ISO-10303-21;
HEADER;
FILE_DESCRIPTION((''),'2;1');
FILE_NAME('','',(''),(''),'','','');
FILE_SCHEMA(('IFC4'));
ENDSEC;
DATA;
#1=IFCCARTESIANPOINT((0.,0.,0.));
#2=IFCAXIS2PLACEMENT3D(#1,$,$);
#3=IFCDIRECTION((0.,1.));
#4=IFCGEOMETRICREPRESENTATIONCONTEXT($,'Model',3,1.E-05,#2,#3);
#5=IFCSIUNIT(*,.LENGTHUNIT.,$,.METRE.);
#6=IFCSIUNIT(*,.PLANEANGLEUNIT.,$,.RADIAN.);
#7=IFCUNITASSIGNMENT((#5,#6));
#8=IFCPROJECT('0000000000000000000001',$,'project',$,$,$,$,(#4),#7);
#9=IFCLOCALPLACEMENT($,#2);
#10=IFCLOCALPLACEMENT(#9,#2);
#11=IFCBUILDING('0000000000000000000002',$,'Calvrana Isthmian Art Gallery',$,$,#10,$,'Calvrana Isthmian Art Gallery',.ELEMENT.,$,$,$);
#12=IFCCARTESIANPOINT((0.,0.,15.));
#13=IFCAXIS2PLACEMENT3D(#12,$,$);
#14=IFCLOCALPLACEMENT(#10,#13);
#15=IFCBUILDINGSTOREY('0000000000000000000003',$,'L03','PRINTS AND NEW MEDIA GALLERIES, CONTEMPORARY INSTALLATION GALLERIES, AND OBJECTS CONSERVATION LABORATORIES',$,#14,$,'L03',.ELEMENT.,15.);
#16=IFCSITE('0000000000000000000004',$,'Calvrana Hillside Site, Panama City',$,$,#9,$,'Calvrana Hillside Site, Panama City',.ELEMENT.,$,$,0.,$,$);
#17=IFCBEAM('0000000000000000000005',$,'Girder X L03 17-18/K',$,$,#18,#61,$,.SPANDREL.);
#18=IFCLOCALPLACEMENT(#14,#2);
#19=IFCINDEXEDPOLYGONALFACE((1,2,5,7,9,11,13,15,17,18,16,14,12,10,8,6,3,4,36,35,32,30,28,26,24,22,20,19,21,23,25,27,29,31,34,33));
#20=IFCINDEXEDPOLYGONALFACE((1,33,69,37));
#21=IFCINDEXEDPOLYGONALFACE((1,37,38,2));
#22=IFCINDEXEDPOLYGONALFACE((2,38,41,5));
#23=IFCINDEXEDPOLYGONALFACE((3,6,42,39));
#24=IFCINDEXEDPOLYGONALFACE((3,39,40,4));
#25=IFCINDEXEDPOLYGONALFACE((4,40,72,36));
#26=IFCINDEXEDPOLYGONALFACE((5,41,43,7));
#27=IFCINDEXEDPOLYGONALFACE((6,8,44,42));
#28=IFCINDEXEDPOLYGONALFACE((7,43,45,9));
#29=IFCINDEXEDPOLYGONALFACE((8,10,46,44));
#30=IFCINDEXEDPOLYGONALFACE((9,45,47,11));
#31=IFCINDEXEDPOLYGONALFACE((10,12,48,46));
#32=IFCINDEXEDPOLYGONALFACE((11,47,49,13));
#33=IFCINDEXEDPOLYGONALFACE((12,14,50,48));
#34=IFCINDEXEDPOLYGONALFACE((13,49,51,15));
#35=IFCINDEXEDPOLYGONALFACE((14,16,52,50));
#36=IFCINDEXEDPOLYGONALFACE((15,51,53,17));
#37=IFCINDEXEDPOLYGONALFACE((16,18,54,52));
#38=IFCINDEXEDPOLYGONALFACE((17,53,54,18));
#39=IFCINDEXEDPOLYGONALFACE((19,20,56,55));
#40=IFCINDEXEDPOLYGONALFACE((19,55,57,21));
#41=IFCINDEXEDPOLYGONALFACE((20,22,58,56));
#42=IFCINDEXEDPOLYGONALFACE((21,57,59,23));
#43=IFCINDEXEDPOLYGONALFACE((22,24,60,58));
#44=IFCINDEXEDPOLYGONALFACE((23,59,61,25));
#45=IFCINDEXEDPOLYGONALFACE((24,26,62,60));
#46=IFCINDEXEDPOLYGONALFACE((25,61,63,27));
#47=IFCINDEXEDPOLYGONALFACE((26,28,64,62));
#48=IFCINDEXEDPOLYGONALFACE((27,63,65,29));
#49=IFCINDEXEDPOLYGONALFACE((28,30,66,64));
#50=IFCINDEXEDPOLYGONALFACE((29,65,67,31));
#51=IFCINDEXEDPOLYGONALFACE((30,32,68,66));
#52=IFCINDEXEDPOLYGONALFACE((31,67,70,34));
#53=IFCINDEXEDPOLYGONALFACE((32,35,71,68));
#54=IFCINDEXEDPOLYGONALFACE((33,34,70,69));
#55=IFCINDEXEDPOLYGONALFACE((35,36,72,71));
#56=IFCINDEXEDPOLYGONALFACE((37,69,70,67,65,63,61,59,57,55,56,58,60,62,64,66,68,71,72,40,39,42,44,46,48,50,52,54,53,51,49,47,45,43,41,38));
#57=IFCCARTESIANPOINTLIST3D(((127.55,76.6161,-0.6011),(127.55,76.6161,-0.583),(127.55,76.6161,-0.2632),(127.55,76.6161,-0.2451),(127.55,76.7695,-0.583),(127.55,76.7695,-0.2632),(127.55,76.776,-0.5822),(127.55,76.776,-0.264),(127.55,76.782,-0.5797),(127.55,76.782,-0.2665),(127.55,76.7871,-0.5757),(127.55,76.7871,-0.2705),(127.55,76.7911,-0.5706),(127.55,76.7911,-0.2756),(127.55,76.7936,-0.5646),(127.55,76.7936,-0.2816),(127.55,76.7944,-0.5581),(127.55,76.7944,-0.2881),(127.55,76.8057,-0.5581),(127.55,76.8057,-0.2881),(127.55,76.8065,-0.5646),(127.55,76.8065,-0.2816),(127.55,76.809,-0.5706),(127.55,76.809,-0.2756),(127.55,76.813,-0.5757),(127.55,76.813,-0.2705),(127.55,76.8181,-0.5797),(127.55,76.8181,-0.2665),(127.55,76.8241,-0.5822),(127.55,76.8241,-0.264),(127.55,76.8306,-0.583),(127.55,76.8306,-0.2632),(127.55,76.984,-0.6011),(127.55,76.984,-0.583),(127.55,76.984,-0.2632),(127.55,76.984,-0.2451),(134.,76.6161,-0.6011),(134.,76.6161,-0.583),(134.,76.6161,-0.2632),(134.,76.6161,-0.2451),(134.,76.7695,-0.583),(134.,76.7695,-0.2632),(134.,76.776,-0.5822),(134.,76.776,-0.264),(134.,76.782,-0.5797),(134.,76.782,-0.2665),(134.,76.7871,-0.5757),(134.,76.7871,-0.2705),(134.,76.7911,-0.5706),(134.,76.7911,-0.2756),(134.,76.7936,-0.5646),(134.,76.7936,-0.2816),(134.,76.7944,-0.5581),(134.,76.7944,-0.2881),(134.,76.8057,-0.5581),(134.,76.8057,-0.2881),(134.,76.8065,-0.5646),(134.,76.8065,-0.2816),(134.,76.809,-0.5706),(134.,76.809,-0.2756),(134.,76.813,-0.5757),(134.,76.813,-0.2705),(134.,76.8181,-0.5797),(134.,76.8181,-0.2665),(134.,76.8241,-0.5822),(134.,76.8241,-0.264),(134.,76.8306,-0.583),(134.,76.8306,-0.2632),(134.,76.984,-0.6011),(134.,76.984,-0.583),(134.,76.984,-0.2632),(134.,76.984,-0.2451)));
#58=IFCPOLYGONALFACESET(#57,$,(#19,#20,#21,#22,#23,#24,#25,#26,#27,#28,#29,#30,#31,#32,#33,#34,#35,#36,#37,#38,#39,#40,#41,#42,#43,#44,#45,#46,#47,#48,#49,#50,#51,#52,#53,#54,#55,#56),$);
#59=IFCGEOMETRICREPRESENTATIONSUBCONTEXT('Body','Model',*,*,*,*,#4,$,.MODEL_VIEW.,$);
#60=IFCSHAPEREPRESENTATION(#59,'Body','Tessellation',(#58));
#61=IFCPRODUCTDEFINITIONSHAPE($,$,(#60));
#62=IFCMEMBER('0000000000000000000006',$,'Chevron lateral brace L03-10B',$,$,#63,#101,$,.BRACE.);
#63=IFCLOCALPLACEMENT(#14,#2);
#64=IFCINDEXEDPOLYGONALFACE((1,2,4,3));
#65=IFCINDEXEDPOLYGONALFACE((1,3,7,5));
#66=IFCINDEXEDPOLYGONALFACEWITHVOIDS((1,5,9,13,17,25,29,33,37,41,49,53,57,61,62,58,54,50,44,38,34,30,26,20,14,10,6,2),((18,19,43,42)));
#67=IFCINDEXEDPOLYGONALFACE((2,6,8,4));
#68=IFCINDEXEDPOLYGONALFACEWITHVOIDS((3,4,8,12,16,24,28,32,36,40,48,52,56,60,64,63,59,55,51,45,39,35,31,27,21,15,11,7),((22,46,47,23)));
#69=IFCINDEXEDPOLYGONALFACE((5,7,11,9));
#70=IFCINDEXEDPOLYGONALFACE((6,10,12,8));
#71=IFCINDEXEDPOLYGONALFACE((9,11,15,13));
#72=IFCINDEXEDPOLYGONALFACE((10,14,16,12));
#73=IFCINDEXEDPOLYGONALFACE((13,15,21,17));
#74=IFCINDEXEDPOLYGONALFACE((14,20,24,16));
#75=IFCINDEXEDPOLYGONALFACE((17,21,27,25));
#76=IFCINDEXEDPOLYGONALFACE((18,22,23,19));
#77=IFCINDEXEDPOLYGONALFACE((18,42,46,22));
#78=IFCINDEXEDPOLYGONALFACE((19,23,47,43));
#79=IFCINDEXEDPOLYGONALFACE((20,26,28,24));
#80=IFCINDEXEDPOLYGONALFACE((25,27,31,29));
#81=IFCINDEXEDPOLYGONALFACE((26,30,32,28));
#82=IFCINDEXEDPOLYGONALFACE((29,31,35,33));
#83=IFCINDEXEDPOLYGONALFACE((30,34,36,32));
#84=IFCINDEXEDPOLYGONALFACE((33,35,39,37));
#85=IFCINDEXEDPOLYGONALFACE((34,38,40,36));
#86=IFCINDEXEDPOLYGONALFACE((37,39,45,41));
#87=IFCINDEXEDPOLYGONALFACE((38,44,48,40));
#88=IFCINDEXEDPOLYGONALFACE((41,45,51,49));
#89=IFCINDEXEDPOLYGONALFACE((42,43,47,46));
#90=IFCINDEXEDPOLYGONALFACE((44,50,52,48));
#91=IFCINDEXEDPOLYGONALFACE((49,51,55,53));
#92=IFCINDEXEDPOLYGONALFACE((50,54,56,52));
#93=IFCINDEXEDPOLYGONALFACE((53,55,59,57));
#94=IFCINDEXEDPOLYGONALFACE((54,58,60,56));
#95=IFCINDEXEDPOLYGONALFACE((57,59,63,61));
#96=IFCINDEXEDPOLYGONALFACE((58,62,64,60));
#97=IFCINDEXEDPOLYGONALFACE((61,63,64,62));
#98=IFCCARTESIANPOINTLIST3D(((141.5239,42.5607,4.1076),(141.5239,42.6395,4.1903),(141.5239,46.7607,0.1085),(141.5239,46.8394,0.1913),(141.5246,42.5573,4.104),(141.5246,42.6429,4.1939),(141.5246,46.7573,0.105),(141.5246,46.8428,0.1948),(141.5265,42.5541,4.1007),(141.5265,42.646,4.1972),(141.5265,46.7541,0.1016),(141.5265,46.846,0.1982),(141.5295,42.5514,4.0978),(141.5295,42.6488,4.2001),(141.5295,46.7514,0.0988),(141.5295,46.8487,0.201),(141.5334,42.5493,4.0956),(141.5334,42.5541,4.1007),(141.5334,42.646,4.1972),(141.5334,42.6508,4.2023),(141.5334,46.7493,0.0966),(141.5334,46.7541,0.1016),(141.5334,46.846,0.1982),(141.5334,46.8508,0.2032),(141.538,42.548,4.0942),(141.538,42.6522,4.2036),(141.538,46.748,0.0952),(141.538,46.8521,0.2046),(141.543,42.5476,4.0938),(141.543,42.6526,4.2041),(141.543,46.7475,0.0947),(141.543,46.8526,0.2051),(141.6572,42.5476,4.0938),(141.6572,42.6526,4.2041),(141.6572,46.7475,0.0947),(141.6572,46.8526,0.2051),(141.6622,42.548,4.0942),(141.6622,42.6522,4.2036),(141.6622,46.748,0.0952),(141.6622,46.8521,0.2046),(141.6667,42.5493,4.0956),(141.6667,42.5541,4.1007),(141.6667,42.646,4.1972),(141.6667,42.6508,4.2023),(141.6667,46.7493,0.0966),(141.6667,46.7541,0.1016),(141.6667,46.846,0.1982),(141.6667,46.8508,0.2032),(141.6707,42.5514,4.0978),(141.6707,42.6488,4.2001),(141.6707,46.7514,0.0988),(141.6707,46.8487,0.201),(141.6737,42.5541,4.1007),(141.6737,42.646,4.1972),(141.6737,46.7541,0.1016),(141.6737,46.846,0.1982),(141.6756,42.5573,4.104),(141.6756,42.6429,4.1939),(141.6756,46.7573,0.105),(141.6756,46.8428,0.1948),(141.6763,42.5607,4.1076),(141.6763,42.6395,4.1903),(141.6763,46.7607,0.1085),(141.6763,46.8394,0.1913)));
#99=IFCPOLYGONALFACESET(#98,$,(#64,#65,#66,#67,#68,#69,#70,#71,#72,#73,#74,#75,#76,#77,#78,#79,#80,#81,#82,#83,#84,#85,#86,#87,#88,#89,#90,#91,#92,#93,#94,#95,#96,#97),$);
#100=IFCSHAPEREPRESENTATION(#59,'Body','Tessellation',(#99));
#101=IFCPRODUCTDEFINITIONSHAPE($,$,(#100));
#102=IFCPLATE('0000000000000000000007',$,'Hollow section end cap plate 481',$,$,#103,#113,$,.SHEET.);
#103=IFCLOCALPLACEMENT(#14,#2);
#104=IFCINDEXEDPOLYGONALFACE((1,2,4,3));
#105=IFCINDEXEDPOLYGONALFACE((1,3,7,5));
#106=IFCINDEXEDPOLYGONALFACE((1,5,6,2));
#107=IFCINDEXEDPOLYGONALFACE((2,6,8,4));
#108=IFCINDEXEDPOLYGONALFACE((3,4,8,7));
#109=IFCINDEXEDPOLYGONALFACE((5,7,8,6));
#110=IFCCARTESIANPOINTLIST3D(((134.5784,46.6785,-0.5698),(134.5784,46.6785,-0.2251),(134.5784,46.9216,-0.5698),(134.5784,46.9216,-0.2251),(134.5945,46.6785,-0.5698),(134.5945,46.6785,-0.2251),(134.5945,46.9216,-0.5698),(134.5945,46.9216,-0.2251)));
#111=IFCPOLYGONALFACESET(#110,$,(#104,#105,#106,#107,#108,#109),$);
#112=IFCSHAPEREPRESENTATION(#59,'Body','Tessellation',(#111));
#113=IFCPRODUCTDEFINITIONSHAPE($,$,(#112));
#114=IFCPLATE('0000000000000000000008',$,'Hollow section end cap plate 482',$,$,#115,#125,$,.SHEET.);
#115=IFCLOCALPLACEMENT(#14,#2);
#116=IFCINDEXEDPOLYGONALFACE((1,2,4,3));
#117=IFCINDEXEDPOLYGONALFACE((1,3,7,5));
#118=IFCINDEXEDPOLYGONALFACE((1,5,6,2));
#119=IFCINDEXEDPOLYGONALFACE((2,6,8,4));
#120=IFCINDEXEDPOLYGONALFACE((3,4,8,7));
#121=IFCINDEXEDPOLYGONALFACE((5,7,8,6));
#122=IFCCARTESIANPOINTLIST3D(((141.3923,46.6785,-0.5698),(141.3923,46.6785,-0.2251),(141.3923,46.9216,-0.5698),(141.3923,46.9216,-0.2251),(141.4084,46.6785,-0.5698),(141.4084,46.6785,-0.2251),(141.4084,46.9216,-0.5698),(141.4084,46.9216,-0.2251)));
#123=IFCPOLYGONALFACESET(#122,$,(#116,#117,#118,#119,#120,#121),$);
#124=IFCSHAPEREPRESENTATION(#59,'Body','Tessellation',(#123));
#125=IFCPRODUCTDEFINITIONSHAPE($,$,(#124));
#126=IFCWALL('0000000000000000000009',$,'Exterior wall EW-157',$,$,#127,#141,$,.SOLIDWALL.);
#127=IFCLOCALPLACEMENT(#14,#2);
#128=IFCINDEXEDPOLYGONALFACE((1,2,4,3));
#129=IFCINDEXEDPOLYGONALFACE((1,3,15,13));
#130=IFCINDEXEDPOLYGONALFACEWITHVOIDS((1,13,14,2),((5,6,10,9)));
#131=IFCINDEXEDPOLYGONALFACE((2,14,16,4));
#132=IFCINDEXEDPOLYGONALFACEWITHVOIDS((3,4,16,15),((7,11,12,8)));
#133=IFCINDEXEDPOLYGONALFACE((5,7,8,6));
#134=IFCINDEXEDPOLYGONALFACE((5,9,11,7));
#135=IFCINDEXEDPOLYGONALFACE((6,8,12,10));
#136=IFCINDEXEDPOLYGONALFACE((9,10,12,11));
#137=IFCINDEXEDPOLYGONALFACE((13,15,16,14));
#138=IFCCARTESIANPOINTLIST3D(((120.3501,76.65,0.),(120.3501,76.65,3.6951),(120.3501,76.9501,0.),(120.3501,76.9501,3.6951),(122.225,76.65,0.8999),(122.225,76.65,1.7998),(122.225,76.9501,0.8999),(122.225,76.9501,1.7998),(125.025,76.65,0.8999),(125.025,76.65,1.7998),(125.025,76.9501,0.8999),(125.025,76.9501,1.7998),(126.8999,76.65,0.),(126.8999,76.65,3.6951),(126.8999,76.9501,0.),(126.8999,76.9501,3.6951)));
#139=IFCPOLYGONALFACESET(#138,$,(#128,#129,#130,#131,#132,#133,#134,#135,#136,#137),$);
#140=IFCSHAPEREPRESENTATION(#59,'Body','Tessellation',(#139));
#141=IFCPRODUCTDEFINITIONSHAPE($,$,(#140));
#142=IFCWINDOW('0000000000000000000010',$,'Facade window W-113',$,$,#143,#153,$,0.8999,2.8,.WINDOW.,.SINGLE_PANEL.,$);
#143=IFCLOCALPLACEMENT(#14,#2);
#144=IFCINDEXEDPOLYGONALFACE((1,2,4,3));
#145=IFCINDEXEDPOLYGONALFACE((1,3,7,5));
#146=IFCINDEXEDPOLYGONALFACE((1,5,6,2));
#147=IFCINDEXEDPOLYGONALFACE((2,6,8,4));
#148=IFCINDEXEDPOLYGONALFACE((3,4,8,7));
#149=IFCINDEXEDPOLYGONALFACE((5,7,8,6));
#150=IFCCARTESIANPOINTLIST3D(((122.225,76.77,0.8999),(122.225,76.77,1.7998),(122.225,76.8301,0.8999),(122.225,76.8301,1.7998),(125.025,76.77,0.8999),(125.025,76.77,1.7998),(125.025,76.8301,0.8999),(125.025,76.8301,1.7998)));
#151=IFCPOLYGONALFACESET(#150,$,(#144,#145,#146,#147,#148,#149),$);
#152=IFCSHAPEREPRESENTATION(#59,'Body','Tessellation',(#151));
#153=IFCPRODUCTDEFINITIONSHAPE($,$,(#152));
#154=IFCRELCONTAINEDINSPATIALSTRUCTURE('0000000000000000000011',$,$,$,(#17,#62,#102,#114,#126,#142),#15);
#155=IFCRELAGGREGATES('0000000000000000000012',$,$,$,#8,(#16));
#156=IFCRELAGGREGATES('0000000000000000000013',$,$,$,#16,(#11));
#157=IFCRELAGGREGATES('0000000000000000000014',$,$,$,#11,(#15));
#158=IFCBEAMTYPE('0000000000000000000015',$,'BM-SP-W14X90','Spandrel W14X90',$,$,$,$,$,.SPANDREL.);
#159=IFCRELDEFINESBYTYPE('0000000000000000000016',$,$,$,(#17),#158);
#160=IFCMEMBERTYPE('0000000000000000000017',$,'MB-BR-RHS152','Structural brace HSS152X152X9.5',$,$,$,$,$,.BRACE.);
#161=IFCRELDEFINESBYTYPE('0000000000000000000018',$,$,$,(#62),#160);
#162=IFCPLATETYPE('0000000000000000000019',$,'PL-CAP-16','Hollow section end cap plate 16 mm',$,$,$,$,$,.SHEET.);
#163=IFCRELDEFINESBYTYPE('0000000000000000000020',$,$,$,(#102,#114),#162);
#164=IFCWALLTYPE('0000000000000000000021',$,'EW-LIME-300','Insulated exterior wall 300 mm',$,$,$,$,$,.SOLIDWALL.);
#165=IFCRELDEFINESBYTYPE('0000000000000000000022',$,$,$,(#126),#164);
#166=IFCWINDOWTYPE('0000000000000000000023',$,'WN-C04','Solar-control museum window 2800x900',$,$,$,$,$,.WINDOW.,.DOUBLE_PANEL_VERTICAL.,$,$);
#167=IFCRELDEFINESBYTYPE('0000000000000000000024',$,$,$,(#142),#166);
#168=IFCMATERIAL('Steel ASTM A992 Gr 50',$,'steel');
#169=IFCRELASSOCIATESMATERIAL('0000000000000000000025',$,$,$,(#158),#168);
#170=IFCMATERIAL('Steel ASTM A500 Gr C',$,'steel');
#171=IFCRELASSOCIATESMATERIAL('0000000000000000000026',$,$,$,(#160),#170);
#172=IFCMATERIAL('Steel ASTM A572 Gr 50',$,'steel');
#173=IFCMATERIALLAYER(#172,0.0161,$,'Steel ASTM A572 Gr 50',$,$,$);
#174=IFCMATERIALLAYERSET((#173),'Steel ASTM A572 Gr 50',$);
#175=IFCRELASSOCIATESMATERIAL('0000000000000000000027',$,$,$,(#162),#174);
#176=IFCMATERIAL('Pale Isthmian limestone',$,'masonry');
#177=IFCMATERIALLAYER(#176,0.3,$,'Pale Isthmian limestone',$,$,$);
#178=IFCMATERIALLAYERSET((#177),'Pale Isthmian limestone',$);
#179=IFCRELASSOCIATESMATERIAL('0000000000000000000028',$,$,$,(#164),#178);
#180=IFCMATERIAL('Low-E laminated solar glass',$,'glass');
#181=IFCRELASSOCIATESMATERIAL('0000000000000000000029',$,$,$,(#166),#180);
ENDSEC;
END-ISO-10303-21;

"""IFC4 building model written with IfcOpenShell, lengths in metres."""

from ifc_helpers import new_model, si_unit, direction, frame, frame_2d, origin, origin_2d, place, context, subcontext, project, spatial, rectangle, hollow_rectangle, i_section, extrude, material, layer, layer_set, material_profile, profile_set, type_object, element, fill, save


model = new_model("IFC4")

# Units and contexts
model_context = context("Model", 3, precision=1e-05, world=origin(), true_north=direction((0.0, 1.0)))
body_context = subcontext(model_context, "Body", "Model", "MODEL_VIEW")
ifc_project = project(units=[si_unit("LENGTHUNIT", "METRE"), si_unit("PLANEANGLEUNIT", "RADIAN")], contexts=[model_context])

# Site, building, storey
site_placement = place(None, origin())
site = spatial("IfcSite", under=ifc_project, at=site_placement, Name="Calvrana Hillside Site, Panama City", LongName="Calvrana Hillside Site, Panama City", CompositionType="ELEMENT", RefElevation=0.0)
building_placement = place(site_placement, origin())
building = spatial("IfcBuilding", under=site, at=building_placement, Name="Calvrana Isthmian Art Gallery", LongName="Calvrana Isthmian Art Gallery", CompositionType="ELEMENT")
storey_placement = place(building_placement, frame((0.0, 0.0, 15.0)))
storey = spatial("IfcBuildingStorey", under=building, at=storey_placement, Name="L03", Description="PRINTS AND NEW MEDIA GALLERIES, CONTEMPORARY INSTALLATION GALLERIES, AND OBJECTS CONSERVATION LABORATORIES", LongName="L03", CompositionType="ELEMENT", Elevation=15.0)

# Shared definitions
ifc_material_1 = material(Name="Steel ASTM A992 Gr 50", Category="steel")

# Beam
ifc_material_2 = material(Name="Steel ASTM A500 Gr C", Category="steel")
ifc_material_profile_1 = material_profile(ifc_material_1, i_section(OverallWidth=0.3679, OverallDepth=0.356, WebThickness=0.0112, FlangeThickness=0.0181, FilletRadius=0.0249, at=origin_2d()), Name="W14X90")
ifc_profile_set_1 = profile_set([ifc_material_profile_1], Name="Steel ASTM A992 Gr 50")
beam_type_1 = type_object("IfcBeamType", Name="BM-SP-W14X90", Description="Spandrel W14X90", PredefinedType="SPANDREL", material=ifc_profile_set_1)
beam_1_placement = place(storey_placement, frame((127.55, 76.8, -0.4231), z_axis=(1.0, 0.0, 0.0), x_axis=(0.0, 1.0, 0.0)))
element("IfcBeam", 1, at=beam_1_placement, inside=storey, type_object=beam_type_1, Name="Girder X L03 17-18/K", PredefinedType="SPANDREL", context=body_context, shape_type="SweptSolid", body=[
    extrude(i_section(OverallWidth=0.3679, OverallDepth=0.356, WebThickness=0.0112, FlangeThickness=0.0181, FilletRadius=0.0249, at=origin_2d()), origin(), (0.0, 0.0, 1.0), 6.45),
])

# Member
ifc_material_profile_2 = material_profile(ifc_material_2, hollow_rectangle(XDim=0.1523, YDim=0.1523, WallThickness=0.0095, OuterFilletRadius=0.019, at=origin_2d()), Name="HSS152X152X9.5")
ifc_profile_set_2 = profile_set([ifc_material_profile_2], Name="Steel ASTM A500 Gr C")
member_type = type_object("IfcMemberType", Name="MB-BR-RHS152", Description="Structural brace HSS152X152X9.5", PredefinedType="BRACE", material=ifc_profile_set_2)
member_placement = place(storey_placement, frame((141.6001, 46.8, 0.1499), z_axis=(0.0, -0.724218, 0.689571), x_axis=(1.0, 0.0, 0.0)))
element("IfcMember", 2, at=member_placement, inside=storey, type_object=member_type, Name="Chevron lateral brace L03-10B", PredefinedType="BRACE", context=body_context, shape_type="SweptSolid", body=[
    extrude(hollow_rectangle(XDim=0.1523, YDim=0.1523, WallThickness=0.0095, OuterFilletRadius=0.019, at=origin_2d()), origin(), (0.0, 0.0, 1.0), 5.7993),
])

# Plates
ifc_material_3 = material(Name="Steel ASTM A572 Gr 50", Category="steel")
ifc_layer_1 = layer(ifc_material_3, 0.0161, Name="Steel ASTM A572 Gr 50")
ifc_layer_set_1 = layer_set([ifc_layer_1], Name="Steel ASTM A572 Gr 50")
plate_type = type_object("IfcPlateType", Name="PL-CAP-16", Description="Hollow section end cap plate 16 mm", PredefinedType="SHEET", material=ifc_layer_set_1)
for number, where, z_axis, x_axis, name in (
    (3, (134.5864, 46.8, -0.5698), (0.0, 0.0, 1.0), (1.0, 0.0, 0.0), "Hollow section end cap plate 481"),
    (4, (141.4004, 46.8, -0.5698), (0.0, 0.0, 1.0), (1.0, 0.0, 0.0), "Hollow section end cap plate 482"),
):
    element("IfcPlate", number, at=place(storey_placement, frame(where, z_axis=z_axis, x_axis=x_axis)), inside=storey, type_object=plate_type, Name=name, PredefinedType="SHEET", context=body_context, shape_type="SweptSolid", body=[
        extrude(rectangle(XDim=0.0161, YDim=0.2432, at=origin_2d()), origin(), (0.0, 0.0, 1.0), 0.3447),
    ])

# Wall, opening, window
ifc_material_4 = material(Name="Pale Isthmian limestone", Category="masonry")
ifc_layer_2 = layer(ifc_material_4, 0.3, Name="Pale Isthmian limestone")
ifc_layer_set_2 = layer_set([ifc_layer_2], Name="Pale Isthmian limestone")
wall_type_1 = type_object("IfcWallType", Name="EW-LIME-300", Description="Insulated exterior wall 300 mm", PredefinedType="SOLIDWALL", material=ifc_layer_set_2)
wall_1_placement = place(storey_placement, frame((126.8999, 76.8, 0.0), z_axis=(0.0, 0.0, 1.0), x_axis=(-1.0, 0.0, 0.0)))
wall_1 = element("IfcWall", 5, at=wall_1_placement, inside=storey, type_object=wall_type_1, Name="Exterior wall EW-157", PredefinedType="SOLIDWALL", context=body_context, shape_type="SweptSolid", body=[
    extrude(rectangle(XDim=6.5498, YDim=0.3, at=frame_2d((3.2749, 0.0))), origin(), (0.0, 0.0, 1.0), 3.6951),
])
opening_1_placement = place(wall_1_placement, frame((1.875, 0.0, 0.8999)))
opening_1 = element("IfcOpeningElement", 6, at=opening_1_placement, cuts=wall_1, PredefinedType="OPENING", context=body_context, shape_type="SweptSolid", body=[
    extrude(rectangle(XDim=2.8, YDim=0.8999, at=frame_2d((1.3999, 0.45))), frame((0.0, 0.1602, 0.0), z_axis=(0.0, -1.0, 0.0), x_axis=(1.0, 0.0, 0.0)), (0.0, 0.0, 1.0), 0.3206),
])
ifc_material_5 = material(Name="Low-E laminated solar glass", Category="glass")
window_type_1 = type_object("IfcWindowType", Name="WN-C04", Description="Solar-control museum window 2800x900", PartitioningType="DOUBLE_PANEL_VERTICAL", PredefinedType="WINDOW", material=ifc_material_5)
window_1_placement = place(opening_1_placement, origin())
window_1 = element("IfcWindow", 7, at=window_1_placement, inside=storey, type_object=window_type_1, Name="Facade window W-113", OverallHeight=0.8999, OverallWidth=2.8, PartitioningType="SINGLE_PANEL", PredefinedType="WINDOW", context=body_context, shape_type="SweptSolid", body=[
    extrude(rectangle(XDim=2.8, YDim=0.8999, at=frame_2d((1.3999, 0.45))), frame((0.0, 0.03, 0.0), z_axis=(0.0, -1.0, 0.0), x_axis=(1.0, 0.0, 0.0)), (0.0, 0.0, 1.0), 0.0601),
])
fill(opening_1, window_1)

save(model, "model.ifc")
